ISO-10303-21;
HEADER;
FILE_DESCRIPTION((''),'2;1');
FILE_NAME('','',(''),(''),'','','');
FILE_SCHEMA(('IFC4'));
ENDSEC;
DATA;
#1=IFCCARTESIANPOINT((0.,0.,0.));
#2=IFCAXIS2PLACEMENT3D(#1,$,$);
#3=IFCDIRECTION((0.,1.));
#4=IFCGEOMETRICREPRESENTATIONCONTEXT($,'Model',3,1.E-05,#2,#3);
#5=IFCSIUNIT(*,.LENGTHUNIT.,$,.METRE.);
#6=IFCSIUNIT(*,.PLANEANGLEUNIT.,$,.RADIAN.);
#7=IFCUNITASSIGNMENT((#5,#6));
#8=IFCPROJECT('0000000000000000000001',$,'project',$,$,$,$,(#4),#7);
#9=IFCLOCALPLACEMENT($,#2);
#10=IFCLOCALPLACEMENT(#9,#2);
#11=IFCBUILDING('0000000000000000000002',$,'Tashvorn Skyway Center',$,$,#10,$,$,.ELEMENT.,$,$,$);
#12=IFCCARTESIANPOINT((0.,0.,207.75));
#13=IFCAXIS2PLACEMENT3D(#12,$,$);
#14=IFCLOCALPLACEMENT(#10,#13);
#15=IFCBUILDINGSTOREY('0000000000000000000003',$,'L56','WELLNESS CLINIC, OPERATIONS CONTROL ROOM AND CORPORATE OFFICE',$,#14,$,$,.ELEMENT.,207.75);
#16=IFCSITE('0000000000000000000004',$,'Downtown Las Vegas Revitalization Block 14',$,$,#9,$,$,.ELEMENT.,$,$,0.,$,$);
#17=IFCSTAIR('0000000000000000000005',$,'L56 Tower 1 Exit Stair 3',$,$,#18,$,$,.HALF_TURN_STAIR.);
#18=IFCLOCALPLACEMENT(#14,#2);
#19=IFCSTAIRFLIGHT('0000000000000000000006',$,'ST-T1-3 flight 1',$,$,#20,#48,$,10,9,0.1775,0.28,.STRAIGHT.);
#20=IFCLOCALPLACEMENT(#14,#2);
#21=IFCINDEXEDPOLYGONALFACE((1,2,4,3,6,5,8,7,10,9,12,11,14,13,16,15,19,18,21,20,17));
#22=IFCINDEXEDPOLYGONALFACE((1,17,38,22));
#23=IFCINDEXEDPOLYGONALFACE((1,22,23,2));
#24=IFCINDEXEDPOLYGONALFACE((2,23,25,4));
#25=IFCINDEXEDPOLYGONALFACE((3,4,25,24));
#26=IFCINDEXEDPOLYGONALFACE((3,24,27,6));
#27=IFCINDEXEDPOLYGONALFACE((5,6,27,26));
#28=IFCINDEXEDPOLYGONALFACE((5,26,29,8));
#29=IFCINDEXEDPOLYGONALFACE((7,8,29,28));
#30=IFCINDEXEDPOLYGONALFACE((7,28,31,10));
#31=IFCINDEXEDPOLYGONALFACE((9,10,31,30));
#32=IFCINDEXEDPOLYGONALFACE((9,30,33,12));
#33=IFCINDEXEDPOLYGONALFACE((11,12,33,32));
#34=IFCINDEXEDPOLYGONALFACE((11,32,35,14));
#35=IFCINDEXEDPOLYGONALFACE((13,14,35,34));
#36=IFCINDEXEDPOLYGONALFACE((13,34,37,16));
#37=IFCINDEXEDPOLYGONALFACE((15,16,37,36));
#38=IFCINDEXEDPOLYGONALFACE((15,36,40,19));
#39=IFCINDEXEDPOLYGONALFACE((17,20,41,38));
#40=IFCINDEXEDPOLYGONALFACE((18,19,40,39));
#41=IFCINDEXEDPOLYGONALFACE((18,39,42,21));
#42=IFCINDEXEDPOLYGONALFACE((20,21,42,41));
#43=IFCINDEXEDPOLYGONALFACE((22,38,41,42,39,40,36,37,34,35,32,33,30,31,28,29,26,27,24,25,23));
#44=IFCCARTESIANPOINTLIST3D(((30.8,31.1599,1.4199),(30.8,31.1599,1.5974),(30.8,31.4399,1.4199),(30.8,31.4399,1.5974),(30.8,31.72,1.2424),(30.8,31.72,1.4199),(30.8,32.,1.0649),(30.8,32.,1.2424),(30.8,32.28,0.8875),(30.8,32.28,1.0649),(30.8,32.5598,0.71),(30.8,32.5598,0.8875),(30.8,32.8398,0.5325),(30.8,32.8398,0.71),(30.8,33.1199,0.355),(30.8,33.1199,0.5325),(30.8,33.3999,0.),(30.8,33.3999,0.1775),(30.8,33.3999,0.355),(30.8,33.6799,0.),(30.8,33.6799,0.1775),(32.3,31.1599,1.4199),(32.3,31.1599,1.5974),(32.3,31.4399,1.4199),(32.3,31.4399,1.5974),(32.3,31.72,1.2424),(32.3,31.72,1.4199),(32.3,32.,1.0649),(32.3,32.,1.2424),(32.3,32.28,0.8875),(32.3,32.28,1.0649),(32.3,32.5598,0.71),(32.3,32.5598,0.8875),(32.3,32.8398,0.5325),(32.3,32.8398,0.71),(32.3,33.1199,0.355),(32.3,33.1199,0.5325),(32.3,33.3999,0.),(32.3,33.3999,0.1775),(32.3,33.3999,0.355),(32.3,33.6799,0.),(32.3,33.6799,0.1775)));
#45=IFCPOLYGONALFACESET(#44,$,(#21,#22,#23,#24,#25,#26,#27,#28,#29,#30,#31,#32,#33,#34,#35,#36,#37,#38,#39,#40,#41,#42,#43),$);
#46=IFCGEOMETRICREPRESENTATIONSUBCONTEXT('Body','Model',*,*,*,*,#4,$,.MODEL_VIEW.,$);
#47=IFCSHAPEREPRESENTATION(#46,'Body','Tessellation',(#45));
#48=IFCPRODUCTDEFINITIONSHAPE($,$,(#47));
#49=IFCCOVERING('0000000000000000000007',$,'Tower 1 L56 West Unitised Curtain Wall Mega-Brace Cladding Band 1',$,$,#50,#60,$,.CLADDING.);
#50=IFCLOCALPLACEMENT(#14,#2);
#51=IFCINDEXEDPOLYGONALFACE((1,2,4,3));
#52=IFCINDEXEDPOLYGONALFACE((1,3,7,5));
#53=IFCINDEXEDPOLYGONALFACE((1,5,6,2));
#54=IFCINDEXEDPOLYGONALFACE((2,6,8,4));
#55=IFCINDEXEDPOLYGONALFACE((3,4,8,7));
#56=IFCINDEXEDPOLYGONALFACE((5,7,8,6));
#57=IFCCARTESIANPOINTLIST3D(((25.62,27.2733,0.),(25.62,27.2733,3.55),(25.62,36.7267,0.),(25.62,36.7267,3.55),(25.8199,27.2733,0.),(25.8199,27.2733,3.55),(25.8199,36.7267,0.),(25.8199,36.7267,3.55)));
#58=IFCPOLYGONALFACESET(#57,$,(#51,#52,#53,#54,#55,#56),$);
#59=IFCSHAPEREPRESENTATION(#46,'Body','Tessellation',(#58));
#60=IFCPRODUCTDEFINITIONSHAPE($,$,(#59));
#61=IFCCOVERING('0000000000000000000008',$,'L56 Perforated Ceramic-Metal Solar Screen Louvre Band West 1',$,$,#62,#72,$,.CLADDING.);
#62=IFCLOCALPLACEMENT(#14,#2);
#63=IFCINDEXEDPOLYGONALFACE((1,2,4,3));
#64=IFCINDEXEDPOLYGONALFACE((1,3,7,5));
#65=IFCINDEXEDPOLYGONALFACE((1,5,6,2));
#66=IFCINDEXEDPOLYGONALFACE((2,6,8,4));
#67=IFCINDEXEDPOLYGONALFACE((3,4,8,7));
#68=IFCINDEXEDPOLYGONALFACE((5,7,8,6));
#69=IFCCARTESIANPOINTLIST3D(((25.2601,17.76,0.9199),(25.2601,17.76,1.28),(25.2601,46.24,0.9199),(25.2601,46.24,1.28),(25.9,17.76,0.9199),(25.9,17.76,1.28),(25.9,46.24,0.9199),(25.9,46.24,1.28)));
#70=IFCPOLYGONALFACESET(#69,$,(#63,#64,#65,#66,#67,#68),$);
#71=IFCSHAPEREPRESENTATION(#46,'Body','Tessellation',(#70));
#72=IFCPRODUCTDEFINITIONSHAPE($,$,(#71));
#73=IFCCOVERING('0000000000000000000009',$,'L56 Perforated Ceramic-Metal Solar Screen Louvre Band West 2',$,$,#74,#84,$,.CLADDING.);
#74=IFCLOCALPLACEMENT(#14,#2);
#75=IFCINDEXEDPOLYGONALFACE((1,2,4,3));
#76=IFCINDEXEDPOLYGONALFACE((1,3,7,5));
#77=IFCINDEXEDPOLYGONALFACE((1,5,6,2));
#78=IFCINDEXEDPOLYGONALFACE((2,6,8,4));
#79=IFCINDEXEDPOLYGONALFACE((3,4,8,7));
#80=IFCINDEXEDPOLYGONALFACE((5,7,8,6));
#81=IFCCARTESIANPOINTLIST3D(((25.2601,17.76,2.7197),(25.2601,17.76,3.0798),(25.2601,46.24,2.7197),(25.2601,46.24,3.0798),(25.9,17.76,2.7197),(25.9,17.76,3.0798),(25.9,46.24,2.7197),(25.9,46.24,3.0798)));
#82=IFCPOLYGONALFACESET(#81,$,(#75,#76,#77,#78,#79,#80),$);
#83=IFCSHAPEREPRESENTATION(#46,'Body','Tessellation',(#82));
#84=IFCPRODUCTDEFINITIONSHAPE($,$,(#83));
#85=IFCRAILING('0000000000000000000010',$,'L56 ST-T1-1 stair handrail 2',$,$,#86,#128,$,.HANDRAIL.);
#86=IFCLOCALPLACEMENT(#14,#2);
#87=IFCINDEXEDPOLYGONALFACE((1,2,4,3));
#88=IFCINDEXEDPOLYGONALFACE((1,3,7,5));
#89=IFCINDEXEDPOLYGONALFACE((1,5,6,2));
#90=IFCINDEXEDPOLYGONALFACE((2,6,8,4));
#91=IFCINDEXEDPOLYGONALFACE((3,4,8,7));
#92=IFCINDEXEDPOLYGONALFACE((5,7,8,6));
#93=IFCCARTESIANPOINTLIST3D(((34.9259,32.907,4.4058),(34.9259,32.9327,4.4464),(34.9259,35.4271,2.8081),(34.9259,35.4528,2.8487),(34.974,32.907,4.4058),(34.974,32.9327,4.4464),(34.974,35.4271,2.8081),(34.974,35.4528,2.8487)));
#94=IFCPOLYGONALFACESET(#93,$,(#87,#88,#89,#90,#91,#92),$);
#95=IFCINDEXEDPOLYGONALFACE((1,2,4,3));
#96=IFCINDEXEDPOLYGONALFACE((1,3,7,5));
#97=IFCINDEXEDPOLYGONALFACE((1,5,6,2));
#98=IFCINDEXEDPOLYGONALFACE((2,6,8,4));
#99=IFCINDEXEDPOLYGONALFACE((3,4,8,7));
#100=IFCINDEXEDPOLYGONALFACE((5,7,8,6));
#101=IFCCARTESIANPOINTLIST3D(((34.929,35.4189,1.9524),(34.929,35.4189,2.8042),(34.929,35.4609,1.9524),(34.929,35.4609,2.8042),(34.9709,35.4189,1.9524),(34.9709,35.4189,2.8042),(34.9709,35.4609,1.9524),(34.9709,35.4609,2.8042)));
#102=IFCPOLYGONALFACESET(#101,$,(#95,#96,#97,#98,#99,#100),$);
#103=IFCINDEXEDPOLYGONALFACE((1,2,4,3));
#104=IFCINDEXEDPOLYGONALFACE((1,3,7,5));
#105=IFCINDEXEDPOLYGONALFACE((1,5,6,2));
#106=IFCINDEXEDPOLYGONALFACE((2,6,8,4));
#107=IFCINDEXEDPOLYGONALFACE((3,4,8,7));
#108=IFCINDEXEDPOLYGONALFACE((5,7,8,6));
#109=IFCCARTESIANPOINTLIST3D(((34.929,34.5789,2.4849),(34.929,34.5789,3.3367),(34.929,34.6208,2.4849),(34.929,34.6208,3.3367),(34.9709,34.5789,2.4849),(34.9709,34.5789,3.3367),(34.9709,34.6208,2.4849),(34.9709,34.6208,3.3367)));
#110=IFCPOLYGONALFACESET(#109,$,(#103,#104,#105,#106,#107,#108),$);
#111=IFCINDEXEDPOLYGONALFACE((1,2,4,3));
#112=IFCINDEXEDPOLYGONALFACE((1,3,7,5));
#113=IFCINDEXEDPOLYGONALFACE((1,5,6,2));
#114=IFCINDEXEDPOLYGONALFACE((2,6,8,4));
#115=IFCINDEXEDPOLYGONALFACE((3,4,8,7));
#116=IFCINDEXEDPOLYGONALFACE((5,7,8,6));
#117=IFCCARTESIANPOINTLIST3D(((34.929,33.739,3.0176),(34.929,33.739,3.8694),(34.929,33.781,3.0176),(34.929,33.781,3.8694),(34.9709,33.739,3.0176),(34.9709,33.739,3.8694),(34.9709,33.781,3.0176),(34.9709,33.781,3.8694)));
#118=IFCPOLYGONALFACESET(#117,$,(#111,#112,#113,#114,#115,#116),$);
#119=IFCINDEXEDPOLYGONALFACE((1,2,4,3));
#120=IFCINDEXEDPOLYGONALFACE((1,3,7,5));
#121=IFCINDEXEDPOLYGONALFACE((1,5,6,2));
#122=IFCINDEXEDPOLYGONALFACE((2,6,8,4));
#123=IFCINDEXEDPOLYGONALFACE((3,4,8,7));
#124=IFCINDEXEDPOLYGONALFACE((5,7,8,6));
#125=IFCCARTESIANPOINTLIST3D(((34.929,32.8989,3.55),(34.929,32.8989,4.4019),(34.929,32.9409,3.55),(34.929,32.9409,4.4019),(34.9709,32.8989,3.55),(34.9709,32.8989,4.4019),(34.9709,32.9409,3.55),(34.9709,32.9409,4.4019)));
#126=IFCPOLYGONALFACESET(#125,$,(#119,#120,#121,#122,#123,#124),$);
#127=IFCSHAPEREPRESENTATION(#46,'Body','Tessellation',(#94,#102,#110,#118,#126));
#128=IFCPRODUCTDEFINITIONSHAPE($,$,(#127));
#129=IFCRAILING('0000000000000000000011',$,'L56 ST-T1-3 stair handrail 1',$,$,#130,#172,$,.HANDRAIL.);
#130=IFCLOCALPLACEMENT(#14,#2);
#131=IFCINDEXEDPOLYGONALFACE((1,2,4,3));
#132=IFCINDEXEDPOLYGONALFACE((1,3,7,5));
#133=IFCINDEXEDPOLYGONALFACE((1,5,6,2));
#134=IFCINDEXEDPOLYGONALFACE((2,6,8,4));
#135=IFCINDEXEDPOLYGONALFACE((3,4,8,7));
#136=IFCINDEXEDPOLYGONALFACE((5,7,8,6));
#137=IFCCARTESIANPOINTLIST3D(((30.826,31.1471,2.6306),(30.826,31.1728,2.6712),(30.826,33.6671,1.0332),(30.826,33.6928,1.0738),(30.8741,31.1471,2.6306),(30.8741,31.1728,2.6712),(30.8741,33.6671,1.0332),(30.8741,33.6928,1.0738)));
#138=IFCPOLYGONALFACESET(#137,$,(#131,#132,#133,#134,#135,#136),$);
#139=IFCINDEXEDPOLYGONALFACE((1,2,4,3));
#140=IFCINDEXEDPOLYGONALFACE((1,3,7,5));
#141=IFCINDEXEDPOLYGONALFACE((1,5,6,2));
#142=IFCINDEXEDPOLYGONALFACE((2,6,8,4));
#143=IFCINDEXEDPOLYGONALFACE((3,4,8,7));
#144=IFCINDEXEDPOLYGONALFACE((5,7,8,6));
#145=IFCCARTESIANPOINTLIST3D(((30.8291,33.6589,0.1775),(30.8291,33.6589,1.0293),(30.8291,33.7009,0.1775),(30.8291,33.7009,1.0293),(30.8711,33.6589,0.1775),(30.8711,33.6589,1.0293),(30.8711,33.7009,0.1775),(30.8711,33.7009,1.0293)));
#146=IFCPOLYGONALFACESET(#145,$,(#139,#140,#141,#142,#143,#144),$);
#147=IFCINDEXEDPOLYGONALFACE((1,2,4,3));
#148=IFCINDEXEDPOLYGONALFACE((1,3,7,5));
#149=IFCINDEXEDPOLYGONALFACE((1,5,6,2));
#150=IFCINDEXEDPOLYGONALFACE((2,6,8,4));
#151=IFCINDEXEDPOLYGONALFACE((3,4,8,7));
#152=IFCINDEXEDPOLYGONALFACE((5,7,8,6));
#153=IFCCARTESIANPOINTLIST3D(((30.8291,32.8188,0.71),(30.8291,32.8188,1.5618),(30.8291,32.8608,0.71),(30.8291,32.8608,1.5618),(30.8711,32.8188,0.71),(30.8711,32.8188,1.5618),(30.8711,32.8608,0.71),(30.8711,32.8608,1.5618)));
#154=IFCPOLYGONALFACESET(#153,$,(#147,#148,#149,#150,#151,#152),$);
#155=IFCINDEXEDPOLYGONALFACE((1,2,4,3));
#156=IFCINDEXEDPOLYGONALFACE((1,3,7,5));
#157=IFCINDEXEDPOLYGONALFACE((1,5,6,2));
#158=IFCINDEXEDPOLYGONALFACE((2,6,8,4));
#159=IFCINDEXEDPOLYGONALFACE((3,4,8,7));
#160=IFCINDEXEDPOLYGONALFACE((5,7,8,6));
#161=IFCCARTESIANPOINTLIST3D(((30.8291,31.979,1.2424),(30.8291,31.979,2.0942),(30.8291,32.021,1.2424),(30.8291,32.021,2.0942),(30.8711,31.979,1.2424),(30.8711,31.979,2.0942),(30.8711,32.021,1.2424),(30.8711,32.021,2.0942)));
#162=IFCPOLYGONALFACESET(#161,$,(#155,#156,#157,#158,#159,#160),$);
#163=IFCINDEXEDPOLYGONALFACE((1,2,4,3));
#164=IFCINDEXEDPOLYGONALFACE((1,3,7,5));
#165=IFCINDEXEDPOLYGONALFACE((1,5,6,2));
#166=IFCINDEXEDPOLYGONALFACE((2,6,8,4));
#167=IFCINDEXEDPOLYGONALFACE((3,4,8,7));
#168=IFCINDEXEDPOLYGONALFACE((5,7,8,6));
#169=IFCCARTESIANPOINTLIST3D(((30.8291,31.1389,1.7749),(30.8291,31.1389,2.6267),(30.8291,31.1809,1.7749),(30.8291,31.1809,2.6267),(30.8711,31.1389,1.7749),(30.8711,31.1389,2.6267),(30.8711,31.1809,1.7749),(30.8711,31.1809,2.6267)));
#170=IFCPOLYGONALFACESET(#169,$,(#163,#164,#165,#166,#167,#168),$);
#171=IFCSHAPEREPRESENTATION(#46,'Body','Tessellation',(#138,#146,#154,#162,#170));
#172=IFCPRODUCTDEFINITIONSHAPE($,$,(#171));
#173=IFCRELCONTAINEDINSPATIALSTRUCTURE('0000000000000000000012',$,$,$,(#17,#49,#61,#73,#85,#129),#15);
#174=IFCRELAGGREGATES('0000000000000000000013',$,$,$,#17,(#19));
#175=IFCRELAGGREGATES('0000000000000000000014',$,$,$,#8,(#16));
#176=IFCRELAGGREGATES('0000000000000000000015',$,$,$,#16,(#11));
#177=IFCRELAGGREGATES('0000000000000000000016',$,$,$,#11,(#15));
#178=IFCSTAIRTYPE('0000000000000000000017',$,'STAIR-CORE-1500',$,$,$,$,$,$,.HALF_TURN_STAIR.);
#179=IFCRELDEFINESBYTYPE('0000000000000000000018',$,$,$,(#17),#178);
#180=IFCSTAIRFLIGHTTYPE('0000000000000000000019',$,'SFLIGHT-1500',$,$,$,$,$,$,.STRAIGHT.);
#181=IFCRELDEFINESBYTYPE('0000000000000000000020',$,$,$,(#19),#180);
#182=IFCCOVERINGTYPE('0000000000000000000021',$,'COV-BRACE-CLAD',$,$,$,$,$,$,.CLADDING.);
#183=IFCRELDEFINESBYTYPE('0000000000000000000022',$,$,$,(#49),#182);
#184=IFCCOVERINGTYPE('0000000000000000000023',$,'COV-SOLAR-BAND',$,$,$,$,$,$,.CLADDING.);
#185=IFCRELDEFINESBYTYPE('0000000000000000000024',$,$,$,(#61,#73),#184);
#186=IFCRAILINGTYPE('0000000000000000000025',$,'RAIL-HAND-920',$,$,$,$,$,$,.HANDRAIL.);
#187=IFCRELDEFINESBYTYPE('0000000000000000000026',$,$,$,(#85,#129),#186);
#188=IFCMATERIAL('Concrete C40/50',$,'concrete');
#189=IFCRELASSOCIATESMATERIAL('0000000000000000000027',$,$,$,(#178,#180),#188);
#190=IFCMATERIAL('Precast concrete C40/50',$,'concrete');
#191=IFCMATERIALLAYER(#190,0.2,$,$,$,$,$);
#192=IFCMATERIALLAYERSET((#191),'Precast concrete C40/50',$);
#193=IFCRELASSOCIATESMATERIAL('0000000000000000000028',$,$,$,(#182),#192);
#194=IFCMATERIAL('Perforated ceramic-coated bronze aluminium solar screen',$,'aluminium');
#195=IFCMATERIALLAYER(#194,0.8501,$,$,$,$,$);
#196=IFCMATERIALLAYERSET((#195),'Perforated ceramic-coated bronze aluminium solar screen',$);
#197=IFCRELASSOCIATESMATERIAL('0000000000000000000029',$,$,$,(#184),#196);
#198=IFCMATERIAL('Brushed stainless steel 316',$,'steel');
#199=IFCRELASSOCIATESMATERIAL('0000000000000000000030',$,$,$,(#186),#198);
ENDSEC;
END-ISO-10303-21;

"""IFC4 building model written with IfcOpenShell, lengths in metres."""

from ifc_helpers import new_model, si_unit, direction, frame, origin, origin_2d, place, context, subcontext, project, spatial, polyline, rectangle, outline, extrude, material, layer, layer_set, type_object, element, aggregate, save


model = new_model("IFC4")

# Units and contexts
model_context = context("Model", 3, precision=1e-05, world=origin(), true_north=direction((0.0, 1.0)))
body_context = subcontext(model_context, "Body", "Model", "MODEL_VIEW")
ifc_project = project(units=[si_unit("LENGTHUNIT", "METRE"), si_unit("PLANEANGLEUNIT", "RADIAN")], contexts=[model_context])

# Site, building, storey
site_placement = place(None, origin())
site = spatial("IfcSite", under=ifc_project, at=site_placement, Name="Downtown Las Vegas Revitalization Block 14", CompositionType="ELEMENT", RefElevation=0.0)
building_placement = place(site_placement, origin())
building = spatial("IfcBuilding", under=site, at=building_placement, Name="Tashvorn Skyway Center", CompositionType="ELEMENT")
storey_placement = place(building_placement, frame((0.0, 0.0, 207.75)))
storey = spatial("IfcBuildingStorey", under=building, at=storey_placement, Name="L56", Description="WELLNESS CLINIC, OPERATIONS CONTROL ROOM AND CORPORATE OFFICE", CompositionType="ELEMENT", Elevation=207.75)

# Shared definitions
ifc_material_1 = material(Name="Concrete C40/50", Category="concrete")

# Stair, stair flight
stair_type = type_object("IfcStairType", Name="STAIR-CORE-1500", PredefinedType="HALF_TURN_STAIR", material=ifc_material_1)
stair_flight_type = type_object("IfcStairFlightType", Name="SFLIGHT-1500", PredefinedType="STRAIGHT", material=ifc_material_1)
stair_1_placement = place(storey_placement, origin())
stair_1 = element("IfcStair", 1, at=stair_1_placement, inside=storey, type_object=stair_type, Name="L56 Tower 1 Exit Stair 3", PredefinedType="HALF_TURN_STAIR")
stair_flight_1_placement = place(storey_placement, frame((31.55, 33.6799, 0.0), z_axis=(0.0, 0.0, 1.0), x_axis=(0.0, -1.0, 0.0)))
stair_flight_1 = element("IfcStairFlight", 2, at=stair_flight_1_placement, type_object=stair_flight_type, Name="ST-T1-3 flight 1", NumberOfRisers=10, NumberOfTreads=9, PredefinedType="STRAIGHT", RiserHeight=0.1775, TreadLength=0.28, context=body_context, shape_type="SweptSolid", body=[
    extrude(outline(polyline([(0.0, 0.0), (0.0, 0.1775), (0.28, 0.1775), (0.28, 0.355), (0.5601, 0.355), (0.5601, 0.5325), (0.8401, 0.5325), (0.8401, 0.71), (1.1201, 0.71), (1.1201, 0.8875), (1.3999, 0.8875), (1.3999, 1.0649), (1.6799, 1.0649), (1.6799, 1.2424), (1.96, 1.2424), (1.96, 1.4199), (2.24, 1.4199), (2.24, 1.5974), (2.52, 1.5974), (2.52, 1.7749), (2.52, 1.4199), (0.28, 0.0), (0.0, 0.0)])), frame((0.0, 0.75, 0.0), z_axis=(0.0, -1.0, 0.0), x_axis=(1.0, 0.0, 0.0)), (0.0, 0.0, 1.0), 1.5),
])
aggregate(stair_1, [stair_flight_1])

# Coverings
ifc_material_2 = material(Name="Precast concrete C40/50", Category="concrete")
ifc_layer_1 = layer(ifc_material_2, 0.2)
ifc_layer_set_1 = layer_set([ifc_layer_1], Name="Precast concrete C40/50")
covering_type_1 = type_object("IfcCoveringType", Name="COV-BRACE-CLAD", PredefinedType="CLADDING", material=ifc_layer_set_1)
covering_placement = place(storey_placement, frame((25.72, 32.0, 0.0), z_axis=(0.0, 0.0, 1.0), x_axis=(0.0, 1.0, 0.0)))
element("IfcCovering", 3, at=covering_placement, inside=storey, type_object=covering_type_1, Name="Tower 1 L56 West Unitised Curtain Wall Mega-Brace Cladding Band 1", PredefinedType="CLADDING", context=body_context, shape_type="SweptSolid", body=[
    extrude(rectangle(XDim=9.4534, YDim=0.2, at=origin_2d()), origin(), (0.0, 0.0, 1.0), 3.55),
])
ifc_material_3 = material(Name="Perforated ceramic-coated bronze aluminium solar screen", Category="aluminium")
ifc_layer_2 = layer(ifc_material_3, 0.8501)
ifc_layer_set_2 = layer_set([ifc_layer_2], Name="Perforated ceramic-coated bronze aluminium solar screen")
covering_type_2 = type_object("IfcCoveringType", Name="COV-SOLAR-BAND", PredefinedType="CLADDING", material=ifc_layer_set_2)
for number, where, z_axis, x_axis, name in (
    (4, (25.5801, 32.0, 0.9199), (0.0, 0.0, 1.0), (0.0, 1.0, 0.0), "L56 Perforated Ceramic-Metal Solar Screen Louvre Band West 1"),
    (5, (25.5801, 32.0, 2.7197), (0.0, 0.0, 1.0), (0.0, 1.0, 0.0), "L56 Perforated Ceramic-Metal Solar Screen Louvre Band West 2"),
):
    element("IfcCovering", number, at=place(storey_placement, frame(where, z_axis=z_axis, x_axis=x_axis)), inside=storey, type_object=covering_type_2, Name=name, PredefinedType="CLADDING", context=body_context, shape_type="SweptSolid", body=[
        extrude(rectangle(XDim=28.48, YDim=0.6399, at=origin_2d()), origin(), (0.0, 0.0, 1.0), 0.3601),
    ])

# Railings
ifc_material_4 = material(Name="Brushed stainless steel 316", Category="steel")
railing_type_1 = type_object("IfcRailingType", Name="RAIL-HAND-920", PredefinedType="HANDRAIL", material=ifc_material_4)
railing_1_placement = place(storey_placement, frame((34.95, 35.4399, 1.9524)))
element("IfcRailing", 6, at=railing_1_placement, inside=storey, type_object=railing_type_1, Name="L56 ST-T1-1 stair handrail 2", PredefinedType="HANDRAIL", context=body_context, shape_type="SweptSolid", body=[
    extrude(rectangle(XDim=0.0481, YDim=0.0481, at=origin_2d()), frame((0.0, 0.0, 0.876), z_axis=(0.0, -0.84457, 0.535445), x_axis=(1.0, 0.0, 0.0)), (0.0, 0.0, 1.0), 2.9839),
    extrude(rectangle(XDim=0.042, YDim=0.042, at=origin_2d()), origin(), (0.0, 0.0, 1.0), 0.8518),
    extrude(rectangle(XDim=0.042, YDim=0.042, at=origin_2d()), frame((0.0, -0.8401, 0.5325)), (0.0, 0.0, 1.0), 0.8518),
    extrude(rectangle(XDim=0.042, YDim=0.042, at=origin_2d()), frame((0.0, -1.6799, 1.0652)), (0.0, 0.0, 1.0), 0.8518),
    extrude(rectangle(XDim=0.042, YDim=0.042, at=origin_2d()), frame((0.0, -2.52, 1.5977)), (0.0, 0.0, 1.0), 0.8518),
])
railing_2_placement = place(storey_placement, frame((30.8501, 33.6799, 0.1775)))
element("IfcRailing", 7, at=railing_2_placement, inside=storey, type_object=railing_type_1, Name="L56 ST-T1-3 stair handrail 1", PredefinedType="HANDRAIL", context=body_context, shape_type="SweptSolid", body=[
    extrude(rectangle(XDim=0.0481, YDim=0.0481, at=origin_2d()), frame((0.0, 0.0, 0.876), z_axis=(0.0, -0.844607, 0.535387), x_axis=(1.0, 0.0, 0.0)), (0.0, 0.0, 1.0), 2.9836),
    extrude(rectangle(XDim=0.042, YDim=0.042, at=origin_2d()), origin(), (0.0, 0.0, 1.0), 0.8518),
    extrude(rectangle(XDim=0.042, YDim=0.042, at=origin_2d()), frame((0.0, -0.8401, 0.5325)), (0.0, 0.0, 1.0), 0.8518),
    extrude(rectangle(XDim=0.042, YDim=0.042, at=origin_2d()), frame((0.0, -1.6799, 1.0649)), (0.0, 0.0, 1.0), 0.8518),
    extrude(rectangle(XDim=0.042, YDim=0.042, at=origin_2d()), frame((0.0, -2.52, 1.5974)), (0.0, 0.0, 1.0), 0.8518),
])

save(model, "model.ifc")
